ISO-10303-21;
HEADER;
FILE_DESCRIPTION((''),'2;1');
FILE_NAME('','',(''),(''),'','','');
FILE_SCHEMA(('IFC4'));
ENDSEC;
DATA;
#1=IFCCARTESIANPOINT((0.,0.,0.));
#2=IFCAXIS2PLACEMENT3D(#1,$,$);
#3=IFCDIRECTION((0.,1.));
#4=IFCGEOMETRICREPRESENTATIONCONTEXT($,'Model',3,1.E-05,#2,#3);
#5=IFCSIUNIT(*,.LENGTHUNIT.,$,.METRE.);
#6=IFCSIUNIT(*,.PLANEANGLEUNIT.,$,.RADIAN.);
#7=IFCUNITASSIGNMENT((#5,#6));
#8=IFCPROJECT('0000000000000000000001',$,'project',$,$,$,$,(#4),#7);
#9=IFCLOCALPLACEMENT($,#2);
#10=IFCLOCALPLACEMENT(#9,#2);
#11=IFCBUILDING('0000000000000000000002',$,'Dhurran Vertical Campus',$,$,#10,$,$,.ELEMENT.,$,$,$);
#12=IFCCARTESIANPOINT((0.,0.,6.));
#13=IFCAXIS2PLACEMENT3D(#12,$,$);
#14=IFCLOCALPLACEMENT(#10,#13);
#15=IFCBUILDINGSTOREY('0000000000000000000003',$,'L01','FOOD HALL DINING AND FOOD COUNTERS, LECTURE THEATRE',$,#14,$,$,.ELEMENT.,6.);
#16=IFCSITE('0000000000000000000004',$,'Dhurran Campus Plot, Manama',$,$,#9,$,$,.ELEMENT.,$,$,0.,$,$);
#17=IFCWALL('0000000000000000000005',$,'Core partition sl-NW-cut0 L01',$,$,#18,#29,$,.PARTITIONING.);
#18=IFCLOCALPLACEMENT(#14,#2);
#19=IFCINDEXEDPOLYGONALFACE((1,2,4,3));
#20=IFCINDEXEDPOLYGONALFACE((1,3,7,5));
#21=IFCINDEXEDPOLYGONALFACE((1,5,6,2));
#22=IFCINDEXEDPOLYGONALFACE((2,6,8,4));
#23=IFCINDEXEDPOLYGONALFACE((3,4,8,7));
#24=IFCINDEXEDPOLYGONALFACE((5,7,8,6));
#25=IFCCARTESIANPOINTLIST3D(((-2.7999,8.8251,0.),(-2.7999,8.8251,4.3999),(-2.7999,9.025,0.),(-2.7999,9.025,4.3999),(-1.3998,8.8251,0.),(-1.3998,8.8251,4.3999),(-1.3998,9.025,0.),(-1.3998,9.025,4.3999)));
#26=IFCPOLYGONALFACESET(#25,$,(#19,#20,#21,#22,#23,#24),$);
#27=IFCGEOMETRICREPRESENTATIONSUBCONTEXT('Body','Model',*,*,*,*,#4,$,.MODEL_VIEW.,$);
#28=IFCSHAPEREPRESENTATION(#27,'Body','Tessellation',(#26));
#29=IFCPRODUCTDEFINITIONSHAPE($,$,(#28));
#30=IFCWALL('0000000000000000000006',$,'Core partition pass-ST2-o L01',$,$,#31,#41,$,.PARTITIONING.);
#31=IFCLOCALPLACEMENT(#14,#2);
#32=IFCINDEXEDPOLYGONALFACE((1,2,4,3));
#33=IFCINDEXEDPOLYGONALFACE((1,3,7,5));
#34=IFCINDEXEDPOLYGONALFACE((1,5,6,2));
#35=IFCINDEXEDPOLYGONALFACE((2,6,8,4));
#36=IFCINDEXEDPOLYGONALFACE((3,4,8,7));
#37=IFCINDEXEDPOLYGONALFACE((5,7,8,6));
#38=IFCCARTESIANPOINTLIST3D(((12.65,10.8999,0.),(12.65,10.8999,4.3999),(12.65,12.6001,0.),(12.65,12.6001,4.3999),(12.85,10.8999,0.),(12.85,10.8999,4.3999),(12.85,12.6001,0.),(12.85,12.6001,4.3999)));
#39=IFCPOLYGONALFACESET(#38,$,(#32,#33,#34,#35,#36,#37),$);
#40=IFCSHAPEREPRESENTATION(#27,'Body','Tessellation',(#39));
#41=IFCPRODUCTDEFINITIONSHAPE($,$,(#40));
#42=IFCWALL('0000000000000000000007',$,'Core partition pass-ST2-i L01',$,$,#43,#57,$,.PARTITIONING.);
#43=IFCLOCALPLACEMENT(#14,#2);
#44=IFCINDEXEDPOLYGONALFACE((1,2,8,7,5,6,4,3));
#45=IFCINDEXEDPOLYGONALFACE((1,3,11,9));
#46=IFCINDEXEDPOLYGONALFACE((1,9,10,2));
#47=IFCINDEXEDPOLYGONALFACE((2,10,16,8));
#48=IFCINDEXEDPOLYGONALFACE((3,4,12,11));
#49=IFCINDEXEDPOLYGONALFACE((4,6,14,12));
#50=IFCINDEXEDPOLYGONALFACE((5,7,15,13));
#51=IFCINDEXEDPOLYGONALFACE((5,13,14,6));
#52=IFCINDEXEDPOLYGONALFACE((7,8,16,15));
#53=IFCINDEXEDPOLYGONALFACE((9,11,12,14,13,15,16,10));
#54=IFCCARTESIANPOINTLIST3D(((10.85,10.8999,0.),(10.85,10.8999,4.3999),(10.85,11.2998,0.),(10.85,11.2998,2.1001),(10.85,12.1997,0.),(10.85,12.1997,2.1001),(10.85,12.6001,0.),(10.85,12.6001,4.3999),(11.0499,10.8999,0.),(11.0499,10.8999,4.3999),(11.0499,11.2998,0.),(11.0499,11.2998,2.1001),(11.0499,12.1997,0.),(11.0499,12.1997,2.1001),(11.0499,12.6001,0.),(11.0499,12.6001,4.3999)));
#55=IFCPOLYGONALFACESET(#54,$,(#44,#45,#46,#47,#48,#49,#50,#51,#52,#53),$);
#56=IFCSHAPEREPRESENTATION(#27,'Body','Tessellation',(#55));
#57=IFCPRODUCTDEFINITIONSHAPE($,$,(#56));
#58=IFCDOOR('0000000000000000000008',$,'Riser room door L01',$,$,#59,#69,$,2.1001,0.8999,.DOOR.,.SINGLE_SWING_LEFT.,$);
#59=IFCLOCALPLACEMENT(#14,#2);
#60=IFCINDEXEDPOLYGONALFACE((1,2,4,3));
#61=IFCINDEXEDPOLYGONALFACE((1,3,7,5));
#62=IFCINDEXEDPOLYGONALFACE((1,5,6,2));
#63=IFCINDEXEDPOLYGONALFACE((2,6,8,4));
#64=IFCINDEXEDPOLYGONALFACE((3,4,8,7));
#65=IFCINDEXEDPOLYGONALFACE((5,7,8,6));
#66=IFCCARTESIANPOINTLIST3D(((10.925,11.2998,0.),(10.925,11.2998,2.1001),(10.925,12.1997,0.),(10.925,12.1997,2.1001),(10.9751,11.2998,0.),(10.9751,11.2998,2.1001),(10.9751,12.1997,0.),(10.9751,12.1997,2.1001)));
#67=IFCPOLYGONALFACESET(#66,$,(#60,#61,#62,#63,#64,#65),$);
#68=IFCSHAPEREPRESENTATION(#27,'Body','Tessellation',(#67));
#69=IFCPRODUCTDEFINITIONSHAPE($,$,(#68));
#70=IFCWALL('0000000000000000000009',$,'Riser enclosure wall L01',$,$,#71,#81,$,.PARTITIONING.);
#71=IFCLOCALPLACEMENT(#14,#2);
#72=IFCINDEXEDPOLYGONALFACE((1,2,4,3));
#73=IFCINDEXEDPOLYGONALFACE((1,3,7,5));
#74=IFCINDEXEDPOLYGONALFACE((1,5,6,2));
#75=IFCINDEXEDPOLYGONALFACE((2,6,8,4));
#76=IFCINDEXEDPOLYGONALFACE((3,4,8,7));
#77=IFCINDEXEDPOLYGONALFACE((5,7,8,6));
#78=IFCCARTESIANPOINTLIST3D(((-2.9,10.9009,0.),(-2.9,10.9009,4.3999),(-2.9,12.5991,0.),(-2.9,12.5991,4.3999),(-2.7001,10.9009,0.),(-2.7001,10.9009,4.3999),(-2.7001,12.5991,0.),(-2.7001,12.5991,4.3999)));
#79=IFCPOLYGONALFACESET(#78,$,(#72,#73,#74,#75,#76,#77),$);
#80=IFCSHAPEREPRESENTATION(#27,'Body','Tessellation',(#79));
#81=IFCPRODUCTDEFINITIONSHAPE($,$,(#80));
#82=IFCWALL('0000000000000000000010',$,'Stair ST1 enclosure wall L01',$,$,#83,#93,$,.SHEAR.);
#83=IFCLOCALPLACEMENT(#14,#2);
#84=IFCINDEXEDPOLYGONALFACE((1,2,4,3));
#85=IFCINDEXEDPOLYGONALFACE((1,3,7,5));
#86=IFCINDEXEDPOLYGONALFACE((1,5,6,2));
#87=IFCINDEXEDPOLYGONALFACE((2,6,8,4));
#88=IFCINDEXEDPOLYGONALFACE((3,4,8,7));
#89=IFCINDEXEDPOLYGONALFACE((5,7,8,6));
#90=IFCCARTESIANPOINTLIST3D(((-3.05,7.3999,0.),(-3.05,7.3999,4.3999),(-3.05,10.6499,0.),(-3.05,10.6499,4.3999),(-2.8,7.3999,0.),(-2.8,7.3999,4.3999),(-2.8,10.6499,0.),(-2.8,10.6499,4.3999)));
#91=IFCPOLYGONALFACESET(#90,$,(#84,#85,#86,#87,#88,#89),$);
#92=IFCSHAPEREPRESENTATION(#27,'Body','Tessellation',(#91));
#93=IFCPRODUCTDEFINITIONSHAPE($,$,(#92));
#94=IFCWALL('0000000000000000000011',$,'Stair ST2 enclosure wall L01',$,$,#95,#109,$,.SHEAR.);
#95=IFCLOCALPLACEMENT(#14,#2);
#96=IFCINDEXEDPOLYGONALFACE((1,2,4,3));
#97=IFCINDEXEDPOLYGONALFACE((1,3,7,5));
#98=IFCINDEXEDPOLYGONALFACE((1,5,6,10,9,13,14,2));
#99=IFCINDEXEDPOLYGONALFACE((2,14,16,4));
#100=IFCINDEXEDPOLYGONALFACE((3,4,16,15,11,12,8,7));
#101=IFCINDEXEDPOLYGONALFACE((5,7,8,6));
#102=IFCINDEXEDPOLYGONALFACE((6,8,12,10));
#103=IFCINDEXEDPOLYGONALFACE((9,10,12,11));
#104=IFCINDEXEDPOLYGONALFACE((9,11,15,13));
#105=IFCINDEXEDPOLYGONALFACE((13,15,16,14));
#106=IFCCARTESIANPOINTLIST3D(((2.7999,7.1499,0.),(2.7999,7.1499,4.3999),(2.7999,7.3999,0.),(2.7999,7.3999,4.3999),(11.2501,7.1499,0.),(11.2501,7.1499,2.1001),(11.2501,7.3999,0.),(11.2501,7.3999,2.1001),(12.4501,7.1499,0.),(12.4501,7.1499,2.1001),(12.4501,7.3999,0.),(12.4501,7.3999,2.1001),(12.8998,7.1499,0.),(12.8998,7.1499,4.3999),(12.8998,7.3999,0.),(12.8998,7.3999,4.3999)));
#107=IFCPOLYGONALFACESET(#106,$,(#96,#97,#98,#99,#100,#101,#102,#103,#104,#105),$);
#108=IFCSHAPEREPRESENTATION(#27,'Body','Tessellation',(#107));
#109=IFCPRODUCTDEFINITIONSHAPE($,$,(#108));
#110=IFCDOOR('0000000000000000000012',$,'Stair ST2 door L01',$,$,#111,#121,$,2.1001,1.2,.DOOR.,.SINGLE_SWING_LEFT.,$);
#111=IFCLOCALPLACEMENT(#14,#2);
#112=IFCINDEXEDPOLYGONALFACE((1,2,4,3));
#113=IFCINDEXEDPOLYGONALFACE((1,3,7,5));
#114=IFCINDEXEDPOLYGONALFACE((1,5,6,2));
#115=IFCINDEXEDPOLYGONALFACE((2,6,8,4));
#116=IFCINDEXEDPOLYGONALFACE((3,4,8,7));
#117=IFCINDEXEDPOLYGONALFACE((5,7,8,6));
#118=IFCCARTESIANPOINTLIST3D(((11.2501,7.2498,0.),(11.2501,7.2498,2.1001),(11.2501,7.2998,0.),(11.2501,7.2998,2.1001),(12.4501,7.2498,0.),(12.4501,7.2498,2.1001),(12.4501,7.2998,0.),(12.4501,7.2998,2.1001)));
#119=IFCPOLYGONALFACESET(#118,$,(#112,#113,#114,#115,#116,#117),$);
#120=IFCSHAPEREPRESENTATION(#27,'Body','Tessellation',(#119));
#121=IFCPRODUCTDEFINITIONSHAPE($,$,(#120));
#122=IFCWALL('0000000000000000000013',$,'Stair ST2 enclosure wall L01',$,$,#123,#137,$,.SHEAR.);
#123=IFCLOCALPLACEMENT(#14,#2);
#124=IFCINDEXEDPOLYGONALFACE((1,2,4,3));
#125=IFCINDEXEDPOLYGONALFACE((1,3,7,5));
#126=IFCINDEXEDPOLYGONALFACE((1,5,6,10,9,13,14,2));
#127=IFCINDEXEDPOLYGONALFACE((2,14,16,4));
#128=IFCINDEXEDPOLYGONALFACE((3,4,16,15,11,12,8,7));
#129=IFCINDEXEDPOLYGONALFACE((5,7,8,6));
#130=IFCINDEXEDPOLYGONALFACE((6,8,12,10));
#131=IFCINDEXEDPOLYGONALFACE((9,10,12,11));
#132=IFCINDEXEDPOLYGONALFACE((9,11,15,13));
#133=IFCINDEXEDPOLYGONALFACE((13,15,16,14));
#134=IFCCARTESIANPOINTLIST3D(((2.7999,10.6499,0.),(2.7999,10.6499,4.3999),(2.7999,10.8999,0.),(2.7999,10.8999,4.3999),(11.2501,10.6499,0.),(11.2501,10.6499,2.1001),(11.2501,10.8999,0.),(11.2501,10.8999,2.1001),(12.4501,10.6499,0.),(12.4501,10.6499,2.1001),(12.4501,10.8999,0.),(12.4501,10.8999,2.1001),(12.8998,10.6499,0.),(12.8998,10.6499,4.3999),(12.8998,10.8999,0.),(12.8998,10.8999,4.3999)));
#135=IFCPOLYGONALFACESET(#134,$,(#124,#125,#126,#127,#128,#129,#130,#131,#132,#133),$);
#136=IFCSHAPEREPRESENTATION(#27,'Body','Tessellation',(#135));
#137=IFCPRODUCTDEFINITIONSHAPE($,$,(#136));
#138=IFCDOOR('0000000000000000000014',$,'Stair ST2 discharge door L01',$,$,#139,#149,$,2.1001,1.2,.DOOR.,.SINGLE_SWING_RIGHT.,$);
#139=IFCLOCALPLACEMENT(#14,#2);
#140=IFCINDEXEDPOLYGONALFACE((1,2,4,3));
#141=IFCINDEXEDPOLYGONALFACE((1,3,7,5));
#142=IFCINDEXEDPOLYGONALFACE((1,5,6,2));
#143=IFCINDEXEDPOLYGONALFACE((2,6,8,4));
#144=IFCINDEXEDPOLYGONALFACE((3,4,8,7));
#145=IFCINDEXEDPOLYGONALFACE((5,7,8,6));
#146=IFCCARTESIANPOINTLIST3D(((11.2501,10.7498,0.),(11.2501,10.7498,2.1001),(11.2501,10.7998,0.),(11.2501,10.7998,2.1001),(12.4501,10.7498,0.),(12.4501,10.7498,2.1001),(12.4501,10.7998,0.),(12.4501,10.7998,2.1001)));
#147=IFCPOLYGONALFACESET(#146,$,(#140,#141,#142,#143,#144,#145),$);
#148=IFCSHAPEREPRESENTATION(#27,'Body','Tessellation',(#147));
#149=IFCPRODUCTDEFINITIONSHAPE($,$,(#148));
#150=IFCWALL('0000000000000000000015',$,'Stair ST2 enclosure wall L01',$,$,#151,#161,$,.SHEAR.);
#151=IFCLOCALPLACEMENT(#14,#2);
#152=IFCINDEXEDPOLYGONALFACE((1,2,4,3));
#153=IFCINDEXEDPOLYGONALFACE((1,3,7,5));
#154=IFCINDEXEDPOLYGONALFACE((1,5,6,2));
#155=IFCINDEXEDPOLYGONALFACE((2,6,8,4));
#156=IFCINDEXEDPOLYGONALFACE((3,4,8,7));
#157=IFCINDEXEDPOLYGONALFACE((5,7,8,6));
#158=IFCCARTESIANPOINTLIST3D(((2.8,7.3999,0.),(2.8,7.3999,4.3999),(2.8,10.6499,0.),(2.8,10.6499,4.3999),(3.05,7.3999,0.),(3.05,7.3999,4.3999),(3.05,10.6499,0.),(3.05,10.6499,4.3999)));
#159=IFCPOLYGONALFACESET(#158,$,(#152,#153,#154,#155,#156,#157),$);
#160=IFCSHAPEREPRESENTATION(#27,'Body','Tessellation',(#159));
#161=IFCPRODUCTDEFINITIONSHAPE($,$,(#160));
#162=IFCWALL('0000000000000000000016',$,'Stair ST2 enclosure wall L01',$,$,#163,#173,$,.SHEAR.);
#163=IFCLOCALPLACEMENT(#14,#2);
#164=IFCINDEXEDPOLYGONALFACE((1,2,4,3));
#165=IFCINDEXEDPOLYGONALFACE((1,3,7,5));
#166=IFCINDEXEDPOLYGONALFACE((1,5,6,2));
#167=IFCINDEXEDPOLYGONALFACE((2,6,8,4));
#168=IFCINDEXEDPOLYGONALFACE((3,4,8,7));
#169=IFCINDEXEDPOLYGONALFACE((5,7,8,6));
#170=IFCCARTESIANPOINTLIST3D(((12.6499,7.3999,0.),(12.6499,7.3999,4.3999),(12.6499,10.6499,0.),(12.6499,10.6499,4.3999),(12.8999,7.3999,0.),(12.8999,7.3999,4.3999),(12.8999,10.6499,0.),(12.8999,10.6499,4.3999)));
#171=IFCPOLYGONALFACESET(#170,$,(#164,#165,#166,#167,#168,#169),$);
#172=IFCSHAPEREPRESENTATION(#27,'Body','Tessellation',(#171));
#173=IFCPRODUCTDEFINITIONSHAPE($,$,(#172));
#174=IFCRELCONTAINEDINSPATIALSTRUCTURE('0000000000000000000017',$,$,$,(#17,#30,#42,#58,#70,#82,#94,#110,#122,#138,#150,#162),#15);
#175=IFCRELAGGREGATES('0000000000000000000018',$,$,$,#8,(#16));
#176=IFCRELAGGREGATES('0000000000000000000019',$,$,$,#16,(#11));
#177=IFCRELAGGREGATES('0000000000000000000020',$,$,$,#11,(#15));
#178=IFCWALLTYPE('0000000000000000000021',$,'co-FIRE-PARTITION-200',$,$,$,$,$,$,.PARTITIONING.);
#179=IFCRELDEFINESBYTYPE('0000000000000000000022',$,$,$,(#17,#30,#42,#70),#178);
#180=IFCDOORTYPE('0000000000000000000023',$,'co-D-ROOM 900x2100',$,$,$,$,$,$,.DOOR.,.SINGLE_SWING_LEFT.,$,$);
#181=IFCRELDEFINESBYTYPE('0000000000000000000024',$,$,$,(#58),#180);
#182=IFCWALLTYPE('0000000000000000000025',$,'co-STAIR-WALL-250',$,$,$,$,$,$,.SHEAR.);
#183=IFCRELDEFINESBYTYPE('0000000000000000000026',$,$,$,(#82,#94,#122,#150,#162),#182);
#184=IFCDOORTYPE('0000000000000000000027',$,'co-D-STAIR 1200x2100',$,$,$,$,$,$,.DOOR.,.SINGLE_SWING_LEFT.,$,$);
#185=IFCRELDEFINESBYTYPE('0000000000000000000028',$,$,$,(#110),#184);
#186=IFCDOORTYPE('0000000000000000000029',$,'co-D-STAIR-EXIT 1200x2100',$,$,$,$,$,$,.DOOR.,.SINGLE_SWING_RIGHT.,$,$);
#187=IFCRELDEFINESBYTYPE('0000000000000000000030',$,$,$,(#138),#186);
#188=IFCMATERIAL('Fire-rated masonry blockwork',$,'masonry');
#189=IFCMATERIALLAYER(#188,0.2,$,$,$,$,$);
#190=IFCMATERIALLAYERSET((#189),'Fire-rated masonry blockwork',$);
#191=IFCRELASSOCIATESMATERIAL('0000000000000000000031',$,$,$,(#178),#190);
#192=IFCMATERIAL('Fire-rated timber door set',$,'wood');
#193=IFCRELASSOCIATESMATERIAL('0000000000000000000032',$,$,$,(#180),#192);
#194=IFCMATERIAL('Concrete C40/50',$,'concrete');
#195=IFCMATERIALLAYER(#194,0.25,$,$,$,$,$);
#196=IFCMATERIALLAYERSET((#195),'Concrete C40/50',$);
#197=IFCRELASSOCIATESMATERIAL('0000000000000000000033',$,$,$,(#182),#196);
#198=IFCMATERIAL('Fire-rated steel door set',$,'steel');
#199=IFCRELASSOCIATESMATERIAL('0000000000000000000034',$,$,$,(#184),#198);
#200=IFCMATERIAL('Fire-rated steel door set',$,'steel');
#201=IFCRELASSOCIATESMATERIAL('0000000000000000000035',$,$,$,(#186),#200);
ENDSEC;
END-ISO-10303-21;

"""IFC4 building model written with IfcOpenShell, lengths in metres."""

from ifc_helpers import new_model, si_unit, direction, frame, frame_2d, origin, place, context, subcontext, project, spatial, rectangle, extrude, material, layer, layer_set, type_object, element, fill, save


model = new_model("IFC4")

# Units and contexts
model_context = context("Model", 3, precision=1e-05, world=origin(), true_north=direction((0.0, 1.0)))
body_context = subcontext(model_context, "Body", "Model", "MODEL_VIEW")
ifc_project = project(units=[si_unit("LENGTHUNIT", "METRE"), si_unit("PLANEANGLEUNIT", "RADIAN")], contexts=[model_context])

# Site, building, storey
site_placement = place(None, origin())
site = spatial("IfcSite", under=ifc_project, at=site_placement, Name="Dhurran Campus Plot, Manama", CompositionType="ELEMENT", RefElevation=0.0)
building_placement = place(site_placement, origin())
building = spatial("IfcBuilding", under=site, at=building_placement, Name="Dhurran Vertical Campus", CompositionType="ELEMENT")
storey_placement = place(building_placement, frame((0.0, 0.0, 6.0)))
storey = spatial("IfcBuildingStorey", under=building, at=storey_placement, Name="L01", Description="FOOD HALL DINING AND FOOD COUNTERS, LECTURE THEATRE", CompositionType="ELEMENT", Elevation=6.0)

# Walls
ifc_material_1 = material(Name="Fire-rated masonry blockwork", Category="masonry")
ifc_layer_1 = layer(ifc_material_1, 0.2)
ifc_layer_set_1 = layer_set([ifc_layer_1], Name="Fire-rated masonry blockwork")
wall_type_1 = type_object("IfcWallType", Name="co-FIRE-PARTITION-200", PredefinedType="PARTITIONING", material=ifc_layer_set_1)
wall_1_placement = place(storey_placement, frame((-2.8, 8.925, 0.0), z_axis=(0.0, 0.0, 1.0), x_axis=(1.0, 0.0, 0.0)))
element("IfcWall", 1, at=wall_1_placement, inside=storey, type_object=wall_type_1, Name="Core partition sl-NW-cut0 L01", PredefinedType="PARTITIONING", context=body_context, shape_type="SweptSolid", body=[
    extrude(rectangle(XDim=1.4001, YDim=0.2, at=frame_2d((0.7002, 0.0))), origin(), (0.0, 0.0, 1.0), 4.3999),
])
wall_2_placement = place(storey_placement, frame((12.75, 10.8999, 0.0), z_axis=(0.0, 0.0, 1.0), x_axis=(0.0, 1.0, 0.0)))
element("IfcWall", 2, at=wall_2_placement, inside=storey, type_object=wall_type_1, Name="Core partition pass-ST2-o L01", PredefinedType="PARTITIONING", context=body_context, shape_type="SweptSolid", body=[
    extrude(rectangle(XDim=1.7002, YDim=0.2, at=frame_2d((0.8501, 0.0))), origin(), (0.0, 0.0, 1.0), 4.3999),
])

# Wall, opening, door
wall_3_placement = place(storey_placement, frame((10.95, 10.8999, 0.0), z_axis=(0.0, 0.0, 1.0), x_axis=(0.0, 1.0, 0.0)))
wall_3 = element("IfcWall", 3, at=wall_3_placement, inside=storey, type_object=wall_type_1, Name="Core partition pass-ST2-i L01", PredefinedType="PARTITIONING", context=body_context, shape_type="SweptSolid", body=[
    extrude(rectangle(XDim=1.7002, YDim=0.2, at=frame_2d((0.8501, 0.0))), origin(), (0.0, 0.0, 1.0), 4.3999),
])
opening_1_placement = place(wall_3_placement, frame((0.3999, 0.0, 0.0)))
opening_1 = element("IfcOpeningElement", 4, at=opening_1_placement, cuts=wall_3, PredefinedType="OPENING", context=body_context, shape_type="SweptSolid", body=[
    extrude(rectangle(XDim=0.8999, YDim=2.1001, at=frame_2d((0.45, 1.05))), frame((0.0, 0.1099, 0.0), z_axis=(0.0, -1.0, 0.0), x_axis=(1.0, 0.0, 0.0)), (0.0, 0.0, 1.0), 0.22),
])
ifc_material_2 = material(Name="Fire-rated timber door set", Category="wood")
door_type_1 = type_object("IfcDoorType", Name="co-D-ROOM 900x2100", OperationType="SINGLE_SWING_LEFT", PredefinedType="DOOR", material=ifc_material_2)
door_1_placement = place(opening_1_placement, origin())
door_1 = element("IfcDoor", 5, at=door_1_placement, inside=storey, type_object=door_type_1, Name="Riser room door L01", OperationType="SINGLE_SWING_LEFT", OverallHeight=2.1001, OverallWidth=0.8999, PredefinedType="DOOR", context=body_context, shape_type="SweptSolid", body=[
    extrude(rectangle(XDim=0.8999, YDim=2.1001, at=frame_2d((0.45, 1.05))), frame((0.0, 0.0249, 0.0), z_axis=(0.0, -1.0, 0.0), x_axis=(1.0, 0.0, 0.0)), (0.0, 0.0, 1.0), 0.05),
])
fill(opening_1, door_1)

# Walls
wall_4_placement = place(storey_placement, frame((-2.8, 10.9009, 0.0), z_axis=(0.0, 0.0, 1.0), x_axis=(0.0, 1.0, 0.0)))
element("IfcWall", 6, at=wall_4_placement, inside=storey, type_object=wall_type_1, Name="Riser enclosure wall L01", PredefinedType="PARTITIONING", context=body_context, shape_type="SweptSolid", body=[
    extrude(rectangle(XDim=1.6982, YDim=0.2, at=frame_2d((0.8491, 0.0))), origin(), (0.0, 0.0, 1.0), 4.3999),
])
ifc_material_3 = material(Name="Concrete C40/50", Category="concrete")
ifc_layer_2 = layer(ifc_material_3, 0.25)
ifc_layer_set_2 = layer_set([ifc_layer_2], Name="Concrete C40/50")
wall_type_2 = type_object("IfcWallType", Name="co-STAIR-WALL-250", PredefinedType="SHEAR", material=ifc_layer_set_2)
wall_5_placement = place(storey_placement, frame((-2.925, 7.3999, 0.0), z_axis=(0.0, 0.0, 1.0), x_axis=(0.0, 1.0, 0.0)))
element("IfcWall", 7, at=wall_5_placement, inside=storey, type_object=wall_type_2, Name="Stair ST1 enclosure wall L01", PredefinedType="SHEAR", context=body_context, shape_type="SweptSolid", body=[
    extrude(rectangle(XDim=3.25, YDim=0.25, at=frame_2d((1.625, 0.0))), origin(), (0.0, 0.0, 1.0), 4.3999),
])

# Walls, openings, doors
wall_6_placement = place(storey_placement, frame((2.8, 7.2749, 0.0), z_axis=(0.0, 0.0, 1.0), x_axis=(1.0, 0.0, 0.0)))
wall_6 = element("IfcWall", 8, at=wall_6_placement, inside=storey, type_object=wall_type_2, Name="Stair ST2 enclosure wall L01", PredefinedType="SHEAR", context=body_context, shape_type="SweptSolid", body=[
    extrude(rectangle(XDim=10.0999, YDim=0.25, at=frame_2d((5.0498, 0.0))), origin(), (0.0, 0.0, 1.0), 4.3999),
])
opening_2_placement = place(wall_6_placement, frame((8.45, 0.0, 0.0)))
opening_2 = element("IfcOpeningElement", 9, at=opening_2_placement, cuts=wall_6, PredefinedType="OPENING", context=body_context, shape_type="SweptSolid", body=[
    extrude(rectangle(XDim=1.2, YDim=2.1001, at=frame_2d((0.6001, 1.05))), frame((0.0, 0.135, 0.0), z_axis=(0.0, -1.0, 0.0), x_axis=(1.0, 0.0, 0.0)), (0.0, 0.0, 1.0), 0.27),
])
ifc_material_4 = material(Name="Fire-rated steel door set", Category="steel")
door_type_2 = type_object("IfcDoorType", Name="co-D-STAIR 1200x2100", OperationType="SINGLE_SWING_LEFT", PredefinedType="DOOR", material=ifc_material_4)
door_2_placement = place(opening_2_placement, origin())
door_2 = element("IfcDoor", 10, at=door_2_placement, inside=storey, type_object=door_type_2, Name="Stair ST2 door L01", OperationType="SINGLE_SWING_LEFT", OverallHeight=2.1001, OverallWidth=1.2, PredefinedType="DOOR", context=body_context, shape_type="SweptSolid", body=[
    extrude(rectangle(XDim=1.2, YDim=2.1001, at=frame_2d((0.6001, 1.05))), frame((0.0, 0.0249, 0.0), z_axis=(0.0, -1.0, 0.0), x_axis=(1.0, 0.0, 0.0)), (0.0, 0.0, 1.0), 0.05),
])
fill(opening_2, door_2)
wall_7_placement = place(storey_placement, frame((2.8, 10.7749, 0.0), z_axis=(0.0, 0.0, 1.0), x_axis=(1.0, 0.0, 0.0)))
wall_7 = element("IfcWall", 11, at=wall_7_placement, inside=storey, type_object=wall_type_2, Name="Stair ST2 enclosure wall L01", PredefinedType="SHEAR", context=body_context, shape_type="SweptSolid", body=[
    extrude(rectangle(XDim=10.0999, YDim=0.25, at=frame_2d((5.0498, 0.0))), origin(), (0.0, 0.0, 1.0), 4.3999),
])
opening_3_placement = place(wall_7_placement, frame((8.45, 0.0, 0.0)))
opening_3 = element("IfcOpeningElement", 12, at=opening_3_placement, cuts=wall_7, PredefinedType="OPENING", context=body_context, shape_type="SweptSolid", body=[
    extrude(rectangle(XDim=1.2, YDim=2.1001, at=frame_2d((0.6001, 1.05))), frame((0.0, 0.135, 0.0), z_axis=(0.0, -1.0, 0.0), x_axis=(1.0, 0.0, 0.0)), (0.0, 0.0, 1.0), 0.27),
])
ifc_material_5 = material(Name="Fire-rated steel door set", Category="steel")
door_type_3 = type_object("IfcDoorType", Name="co-D-STAIR-EXIT 1200x2100", OperationType="SINGLE_SWING_RIGHT", PredefinedType="DOOR", material=ifc_material_5)
door_3_placement = place(opening_3_placement, origin())
door_3 = element("IfcDoor", 13, at=door_3_placement, inside=storey, type_object=door_type_3, Name="Stair ST2 discharge door L01", OperationType="SINGLE_SWING_RIGHT", OverallHeight=2.1001, OverallWidth=1.2, PredefinedType="DOOR", context=body_context, shape_type="SweptSolid", body=[
    extrude(rectangle(XDim=1.2, YDim=2.1001, at=frame_2d((0.6001, 1.05))), frame((0.0, 0.0249, 0.0), z_axis=(0.0, -1.0, 0.0), x_axis=(1.0, 0.0, 0.0)), (0.0, 0.0, 1.0), 0.05),
])
fill(opening_3, door_3)

# Walls
for number, where, z_axis, x_axis, name in (
    (14, (2.925, 7.3999, 0.0), (0.0, 0.0, 1.0), (0.0, 1.0, 0.0), "Stair ST2 enclosure wall L01"),
    (15, (12.7749, 7.3999, 0.0), (0.0, 0.0, 1.0), (0.0, 1.0, 0.0), "Stair ST2 enclosure wall L01"),
):
    element("IfcWall", number, at=place(storey_placement, frame(where, z_axis=z_axis, x_axis=x_axis)), inside=storey, type_object=wall_type_2, Name=name, PredefinedType="SHEAR", context=body_context, shape_type="SweptSolid", body=[
        extrude(rectangle(XDim=3.25, YDim=0.25, at=frame_2d((1.625, 0.0))), origin(), (0.0, 0.0, 1.0), 4.3999),
    ])

save(model, "model.ifc")
